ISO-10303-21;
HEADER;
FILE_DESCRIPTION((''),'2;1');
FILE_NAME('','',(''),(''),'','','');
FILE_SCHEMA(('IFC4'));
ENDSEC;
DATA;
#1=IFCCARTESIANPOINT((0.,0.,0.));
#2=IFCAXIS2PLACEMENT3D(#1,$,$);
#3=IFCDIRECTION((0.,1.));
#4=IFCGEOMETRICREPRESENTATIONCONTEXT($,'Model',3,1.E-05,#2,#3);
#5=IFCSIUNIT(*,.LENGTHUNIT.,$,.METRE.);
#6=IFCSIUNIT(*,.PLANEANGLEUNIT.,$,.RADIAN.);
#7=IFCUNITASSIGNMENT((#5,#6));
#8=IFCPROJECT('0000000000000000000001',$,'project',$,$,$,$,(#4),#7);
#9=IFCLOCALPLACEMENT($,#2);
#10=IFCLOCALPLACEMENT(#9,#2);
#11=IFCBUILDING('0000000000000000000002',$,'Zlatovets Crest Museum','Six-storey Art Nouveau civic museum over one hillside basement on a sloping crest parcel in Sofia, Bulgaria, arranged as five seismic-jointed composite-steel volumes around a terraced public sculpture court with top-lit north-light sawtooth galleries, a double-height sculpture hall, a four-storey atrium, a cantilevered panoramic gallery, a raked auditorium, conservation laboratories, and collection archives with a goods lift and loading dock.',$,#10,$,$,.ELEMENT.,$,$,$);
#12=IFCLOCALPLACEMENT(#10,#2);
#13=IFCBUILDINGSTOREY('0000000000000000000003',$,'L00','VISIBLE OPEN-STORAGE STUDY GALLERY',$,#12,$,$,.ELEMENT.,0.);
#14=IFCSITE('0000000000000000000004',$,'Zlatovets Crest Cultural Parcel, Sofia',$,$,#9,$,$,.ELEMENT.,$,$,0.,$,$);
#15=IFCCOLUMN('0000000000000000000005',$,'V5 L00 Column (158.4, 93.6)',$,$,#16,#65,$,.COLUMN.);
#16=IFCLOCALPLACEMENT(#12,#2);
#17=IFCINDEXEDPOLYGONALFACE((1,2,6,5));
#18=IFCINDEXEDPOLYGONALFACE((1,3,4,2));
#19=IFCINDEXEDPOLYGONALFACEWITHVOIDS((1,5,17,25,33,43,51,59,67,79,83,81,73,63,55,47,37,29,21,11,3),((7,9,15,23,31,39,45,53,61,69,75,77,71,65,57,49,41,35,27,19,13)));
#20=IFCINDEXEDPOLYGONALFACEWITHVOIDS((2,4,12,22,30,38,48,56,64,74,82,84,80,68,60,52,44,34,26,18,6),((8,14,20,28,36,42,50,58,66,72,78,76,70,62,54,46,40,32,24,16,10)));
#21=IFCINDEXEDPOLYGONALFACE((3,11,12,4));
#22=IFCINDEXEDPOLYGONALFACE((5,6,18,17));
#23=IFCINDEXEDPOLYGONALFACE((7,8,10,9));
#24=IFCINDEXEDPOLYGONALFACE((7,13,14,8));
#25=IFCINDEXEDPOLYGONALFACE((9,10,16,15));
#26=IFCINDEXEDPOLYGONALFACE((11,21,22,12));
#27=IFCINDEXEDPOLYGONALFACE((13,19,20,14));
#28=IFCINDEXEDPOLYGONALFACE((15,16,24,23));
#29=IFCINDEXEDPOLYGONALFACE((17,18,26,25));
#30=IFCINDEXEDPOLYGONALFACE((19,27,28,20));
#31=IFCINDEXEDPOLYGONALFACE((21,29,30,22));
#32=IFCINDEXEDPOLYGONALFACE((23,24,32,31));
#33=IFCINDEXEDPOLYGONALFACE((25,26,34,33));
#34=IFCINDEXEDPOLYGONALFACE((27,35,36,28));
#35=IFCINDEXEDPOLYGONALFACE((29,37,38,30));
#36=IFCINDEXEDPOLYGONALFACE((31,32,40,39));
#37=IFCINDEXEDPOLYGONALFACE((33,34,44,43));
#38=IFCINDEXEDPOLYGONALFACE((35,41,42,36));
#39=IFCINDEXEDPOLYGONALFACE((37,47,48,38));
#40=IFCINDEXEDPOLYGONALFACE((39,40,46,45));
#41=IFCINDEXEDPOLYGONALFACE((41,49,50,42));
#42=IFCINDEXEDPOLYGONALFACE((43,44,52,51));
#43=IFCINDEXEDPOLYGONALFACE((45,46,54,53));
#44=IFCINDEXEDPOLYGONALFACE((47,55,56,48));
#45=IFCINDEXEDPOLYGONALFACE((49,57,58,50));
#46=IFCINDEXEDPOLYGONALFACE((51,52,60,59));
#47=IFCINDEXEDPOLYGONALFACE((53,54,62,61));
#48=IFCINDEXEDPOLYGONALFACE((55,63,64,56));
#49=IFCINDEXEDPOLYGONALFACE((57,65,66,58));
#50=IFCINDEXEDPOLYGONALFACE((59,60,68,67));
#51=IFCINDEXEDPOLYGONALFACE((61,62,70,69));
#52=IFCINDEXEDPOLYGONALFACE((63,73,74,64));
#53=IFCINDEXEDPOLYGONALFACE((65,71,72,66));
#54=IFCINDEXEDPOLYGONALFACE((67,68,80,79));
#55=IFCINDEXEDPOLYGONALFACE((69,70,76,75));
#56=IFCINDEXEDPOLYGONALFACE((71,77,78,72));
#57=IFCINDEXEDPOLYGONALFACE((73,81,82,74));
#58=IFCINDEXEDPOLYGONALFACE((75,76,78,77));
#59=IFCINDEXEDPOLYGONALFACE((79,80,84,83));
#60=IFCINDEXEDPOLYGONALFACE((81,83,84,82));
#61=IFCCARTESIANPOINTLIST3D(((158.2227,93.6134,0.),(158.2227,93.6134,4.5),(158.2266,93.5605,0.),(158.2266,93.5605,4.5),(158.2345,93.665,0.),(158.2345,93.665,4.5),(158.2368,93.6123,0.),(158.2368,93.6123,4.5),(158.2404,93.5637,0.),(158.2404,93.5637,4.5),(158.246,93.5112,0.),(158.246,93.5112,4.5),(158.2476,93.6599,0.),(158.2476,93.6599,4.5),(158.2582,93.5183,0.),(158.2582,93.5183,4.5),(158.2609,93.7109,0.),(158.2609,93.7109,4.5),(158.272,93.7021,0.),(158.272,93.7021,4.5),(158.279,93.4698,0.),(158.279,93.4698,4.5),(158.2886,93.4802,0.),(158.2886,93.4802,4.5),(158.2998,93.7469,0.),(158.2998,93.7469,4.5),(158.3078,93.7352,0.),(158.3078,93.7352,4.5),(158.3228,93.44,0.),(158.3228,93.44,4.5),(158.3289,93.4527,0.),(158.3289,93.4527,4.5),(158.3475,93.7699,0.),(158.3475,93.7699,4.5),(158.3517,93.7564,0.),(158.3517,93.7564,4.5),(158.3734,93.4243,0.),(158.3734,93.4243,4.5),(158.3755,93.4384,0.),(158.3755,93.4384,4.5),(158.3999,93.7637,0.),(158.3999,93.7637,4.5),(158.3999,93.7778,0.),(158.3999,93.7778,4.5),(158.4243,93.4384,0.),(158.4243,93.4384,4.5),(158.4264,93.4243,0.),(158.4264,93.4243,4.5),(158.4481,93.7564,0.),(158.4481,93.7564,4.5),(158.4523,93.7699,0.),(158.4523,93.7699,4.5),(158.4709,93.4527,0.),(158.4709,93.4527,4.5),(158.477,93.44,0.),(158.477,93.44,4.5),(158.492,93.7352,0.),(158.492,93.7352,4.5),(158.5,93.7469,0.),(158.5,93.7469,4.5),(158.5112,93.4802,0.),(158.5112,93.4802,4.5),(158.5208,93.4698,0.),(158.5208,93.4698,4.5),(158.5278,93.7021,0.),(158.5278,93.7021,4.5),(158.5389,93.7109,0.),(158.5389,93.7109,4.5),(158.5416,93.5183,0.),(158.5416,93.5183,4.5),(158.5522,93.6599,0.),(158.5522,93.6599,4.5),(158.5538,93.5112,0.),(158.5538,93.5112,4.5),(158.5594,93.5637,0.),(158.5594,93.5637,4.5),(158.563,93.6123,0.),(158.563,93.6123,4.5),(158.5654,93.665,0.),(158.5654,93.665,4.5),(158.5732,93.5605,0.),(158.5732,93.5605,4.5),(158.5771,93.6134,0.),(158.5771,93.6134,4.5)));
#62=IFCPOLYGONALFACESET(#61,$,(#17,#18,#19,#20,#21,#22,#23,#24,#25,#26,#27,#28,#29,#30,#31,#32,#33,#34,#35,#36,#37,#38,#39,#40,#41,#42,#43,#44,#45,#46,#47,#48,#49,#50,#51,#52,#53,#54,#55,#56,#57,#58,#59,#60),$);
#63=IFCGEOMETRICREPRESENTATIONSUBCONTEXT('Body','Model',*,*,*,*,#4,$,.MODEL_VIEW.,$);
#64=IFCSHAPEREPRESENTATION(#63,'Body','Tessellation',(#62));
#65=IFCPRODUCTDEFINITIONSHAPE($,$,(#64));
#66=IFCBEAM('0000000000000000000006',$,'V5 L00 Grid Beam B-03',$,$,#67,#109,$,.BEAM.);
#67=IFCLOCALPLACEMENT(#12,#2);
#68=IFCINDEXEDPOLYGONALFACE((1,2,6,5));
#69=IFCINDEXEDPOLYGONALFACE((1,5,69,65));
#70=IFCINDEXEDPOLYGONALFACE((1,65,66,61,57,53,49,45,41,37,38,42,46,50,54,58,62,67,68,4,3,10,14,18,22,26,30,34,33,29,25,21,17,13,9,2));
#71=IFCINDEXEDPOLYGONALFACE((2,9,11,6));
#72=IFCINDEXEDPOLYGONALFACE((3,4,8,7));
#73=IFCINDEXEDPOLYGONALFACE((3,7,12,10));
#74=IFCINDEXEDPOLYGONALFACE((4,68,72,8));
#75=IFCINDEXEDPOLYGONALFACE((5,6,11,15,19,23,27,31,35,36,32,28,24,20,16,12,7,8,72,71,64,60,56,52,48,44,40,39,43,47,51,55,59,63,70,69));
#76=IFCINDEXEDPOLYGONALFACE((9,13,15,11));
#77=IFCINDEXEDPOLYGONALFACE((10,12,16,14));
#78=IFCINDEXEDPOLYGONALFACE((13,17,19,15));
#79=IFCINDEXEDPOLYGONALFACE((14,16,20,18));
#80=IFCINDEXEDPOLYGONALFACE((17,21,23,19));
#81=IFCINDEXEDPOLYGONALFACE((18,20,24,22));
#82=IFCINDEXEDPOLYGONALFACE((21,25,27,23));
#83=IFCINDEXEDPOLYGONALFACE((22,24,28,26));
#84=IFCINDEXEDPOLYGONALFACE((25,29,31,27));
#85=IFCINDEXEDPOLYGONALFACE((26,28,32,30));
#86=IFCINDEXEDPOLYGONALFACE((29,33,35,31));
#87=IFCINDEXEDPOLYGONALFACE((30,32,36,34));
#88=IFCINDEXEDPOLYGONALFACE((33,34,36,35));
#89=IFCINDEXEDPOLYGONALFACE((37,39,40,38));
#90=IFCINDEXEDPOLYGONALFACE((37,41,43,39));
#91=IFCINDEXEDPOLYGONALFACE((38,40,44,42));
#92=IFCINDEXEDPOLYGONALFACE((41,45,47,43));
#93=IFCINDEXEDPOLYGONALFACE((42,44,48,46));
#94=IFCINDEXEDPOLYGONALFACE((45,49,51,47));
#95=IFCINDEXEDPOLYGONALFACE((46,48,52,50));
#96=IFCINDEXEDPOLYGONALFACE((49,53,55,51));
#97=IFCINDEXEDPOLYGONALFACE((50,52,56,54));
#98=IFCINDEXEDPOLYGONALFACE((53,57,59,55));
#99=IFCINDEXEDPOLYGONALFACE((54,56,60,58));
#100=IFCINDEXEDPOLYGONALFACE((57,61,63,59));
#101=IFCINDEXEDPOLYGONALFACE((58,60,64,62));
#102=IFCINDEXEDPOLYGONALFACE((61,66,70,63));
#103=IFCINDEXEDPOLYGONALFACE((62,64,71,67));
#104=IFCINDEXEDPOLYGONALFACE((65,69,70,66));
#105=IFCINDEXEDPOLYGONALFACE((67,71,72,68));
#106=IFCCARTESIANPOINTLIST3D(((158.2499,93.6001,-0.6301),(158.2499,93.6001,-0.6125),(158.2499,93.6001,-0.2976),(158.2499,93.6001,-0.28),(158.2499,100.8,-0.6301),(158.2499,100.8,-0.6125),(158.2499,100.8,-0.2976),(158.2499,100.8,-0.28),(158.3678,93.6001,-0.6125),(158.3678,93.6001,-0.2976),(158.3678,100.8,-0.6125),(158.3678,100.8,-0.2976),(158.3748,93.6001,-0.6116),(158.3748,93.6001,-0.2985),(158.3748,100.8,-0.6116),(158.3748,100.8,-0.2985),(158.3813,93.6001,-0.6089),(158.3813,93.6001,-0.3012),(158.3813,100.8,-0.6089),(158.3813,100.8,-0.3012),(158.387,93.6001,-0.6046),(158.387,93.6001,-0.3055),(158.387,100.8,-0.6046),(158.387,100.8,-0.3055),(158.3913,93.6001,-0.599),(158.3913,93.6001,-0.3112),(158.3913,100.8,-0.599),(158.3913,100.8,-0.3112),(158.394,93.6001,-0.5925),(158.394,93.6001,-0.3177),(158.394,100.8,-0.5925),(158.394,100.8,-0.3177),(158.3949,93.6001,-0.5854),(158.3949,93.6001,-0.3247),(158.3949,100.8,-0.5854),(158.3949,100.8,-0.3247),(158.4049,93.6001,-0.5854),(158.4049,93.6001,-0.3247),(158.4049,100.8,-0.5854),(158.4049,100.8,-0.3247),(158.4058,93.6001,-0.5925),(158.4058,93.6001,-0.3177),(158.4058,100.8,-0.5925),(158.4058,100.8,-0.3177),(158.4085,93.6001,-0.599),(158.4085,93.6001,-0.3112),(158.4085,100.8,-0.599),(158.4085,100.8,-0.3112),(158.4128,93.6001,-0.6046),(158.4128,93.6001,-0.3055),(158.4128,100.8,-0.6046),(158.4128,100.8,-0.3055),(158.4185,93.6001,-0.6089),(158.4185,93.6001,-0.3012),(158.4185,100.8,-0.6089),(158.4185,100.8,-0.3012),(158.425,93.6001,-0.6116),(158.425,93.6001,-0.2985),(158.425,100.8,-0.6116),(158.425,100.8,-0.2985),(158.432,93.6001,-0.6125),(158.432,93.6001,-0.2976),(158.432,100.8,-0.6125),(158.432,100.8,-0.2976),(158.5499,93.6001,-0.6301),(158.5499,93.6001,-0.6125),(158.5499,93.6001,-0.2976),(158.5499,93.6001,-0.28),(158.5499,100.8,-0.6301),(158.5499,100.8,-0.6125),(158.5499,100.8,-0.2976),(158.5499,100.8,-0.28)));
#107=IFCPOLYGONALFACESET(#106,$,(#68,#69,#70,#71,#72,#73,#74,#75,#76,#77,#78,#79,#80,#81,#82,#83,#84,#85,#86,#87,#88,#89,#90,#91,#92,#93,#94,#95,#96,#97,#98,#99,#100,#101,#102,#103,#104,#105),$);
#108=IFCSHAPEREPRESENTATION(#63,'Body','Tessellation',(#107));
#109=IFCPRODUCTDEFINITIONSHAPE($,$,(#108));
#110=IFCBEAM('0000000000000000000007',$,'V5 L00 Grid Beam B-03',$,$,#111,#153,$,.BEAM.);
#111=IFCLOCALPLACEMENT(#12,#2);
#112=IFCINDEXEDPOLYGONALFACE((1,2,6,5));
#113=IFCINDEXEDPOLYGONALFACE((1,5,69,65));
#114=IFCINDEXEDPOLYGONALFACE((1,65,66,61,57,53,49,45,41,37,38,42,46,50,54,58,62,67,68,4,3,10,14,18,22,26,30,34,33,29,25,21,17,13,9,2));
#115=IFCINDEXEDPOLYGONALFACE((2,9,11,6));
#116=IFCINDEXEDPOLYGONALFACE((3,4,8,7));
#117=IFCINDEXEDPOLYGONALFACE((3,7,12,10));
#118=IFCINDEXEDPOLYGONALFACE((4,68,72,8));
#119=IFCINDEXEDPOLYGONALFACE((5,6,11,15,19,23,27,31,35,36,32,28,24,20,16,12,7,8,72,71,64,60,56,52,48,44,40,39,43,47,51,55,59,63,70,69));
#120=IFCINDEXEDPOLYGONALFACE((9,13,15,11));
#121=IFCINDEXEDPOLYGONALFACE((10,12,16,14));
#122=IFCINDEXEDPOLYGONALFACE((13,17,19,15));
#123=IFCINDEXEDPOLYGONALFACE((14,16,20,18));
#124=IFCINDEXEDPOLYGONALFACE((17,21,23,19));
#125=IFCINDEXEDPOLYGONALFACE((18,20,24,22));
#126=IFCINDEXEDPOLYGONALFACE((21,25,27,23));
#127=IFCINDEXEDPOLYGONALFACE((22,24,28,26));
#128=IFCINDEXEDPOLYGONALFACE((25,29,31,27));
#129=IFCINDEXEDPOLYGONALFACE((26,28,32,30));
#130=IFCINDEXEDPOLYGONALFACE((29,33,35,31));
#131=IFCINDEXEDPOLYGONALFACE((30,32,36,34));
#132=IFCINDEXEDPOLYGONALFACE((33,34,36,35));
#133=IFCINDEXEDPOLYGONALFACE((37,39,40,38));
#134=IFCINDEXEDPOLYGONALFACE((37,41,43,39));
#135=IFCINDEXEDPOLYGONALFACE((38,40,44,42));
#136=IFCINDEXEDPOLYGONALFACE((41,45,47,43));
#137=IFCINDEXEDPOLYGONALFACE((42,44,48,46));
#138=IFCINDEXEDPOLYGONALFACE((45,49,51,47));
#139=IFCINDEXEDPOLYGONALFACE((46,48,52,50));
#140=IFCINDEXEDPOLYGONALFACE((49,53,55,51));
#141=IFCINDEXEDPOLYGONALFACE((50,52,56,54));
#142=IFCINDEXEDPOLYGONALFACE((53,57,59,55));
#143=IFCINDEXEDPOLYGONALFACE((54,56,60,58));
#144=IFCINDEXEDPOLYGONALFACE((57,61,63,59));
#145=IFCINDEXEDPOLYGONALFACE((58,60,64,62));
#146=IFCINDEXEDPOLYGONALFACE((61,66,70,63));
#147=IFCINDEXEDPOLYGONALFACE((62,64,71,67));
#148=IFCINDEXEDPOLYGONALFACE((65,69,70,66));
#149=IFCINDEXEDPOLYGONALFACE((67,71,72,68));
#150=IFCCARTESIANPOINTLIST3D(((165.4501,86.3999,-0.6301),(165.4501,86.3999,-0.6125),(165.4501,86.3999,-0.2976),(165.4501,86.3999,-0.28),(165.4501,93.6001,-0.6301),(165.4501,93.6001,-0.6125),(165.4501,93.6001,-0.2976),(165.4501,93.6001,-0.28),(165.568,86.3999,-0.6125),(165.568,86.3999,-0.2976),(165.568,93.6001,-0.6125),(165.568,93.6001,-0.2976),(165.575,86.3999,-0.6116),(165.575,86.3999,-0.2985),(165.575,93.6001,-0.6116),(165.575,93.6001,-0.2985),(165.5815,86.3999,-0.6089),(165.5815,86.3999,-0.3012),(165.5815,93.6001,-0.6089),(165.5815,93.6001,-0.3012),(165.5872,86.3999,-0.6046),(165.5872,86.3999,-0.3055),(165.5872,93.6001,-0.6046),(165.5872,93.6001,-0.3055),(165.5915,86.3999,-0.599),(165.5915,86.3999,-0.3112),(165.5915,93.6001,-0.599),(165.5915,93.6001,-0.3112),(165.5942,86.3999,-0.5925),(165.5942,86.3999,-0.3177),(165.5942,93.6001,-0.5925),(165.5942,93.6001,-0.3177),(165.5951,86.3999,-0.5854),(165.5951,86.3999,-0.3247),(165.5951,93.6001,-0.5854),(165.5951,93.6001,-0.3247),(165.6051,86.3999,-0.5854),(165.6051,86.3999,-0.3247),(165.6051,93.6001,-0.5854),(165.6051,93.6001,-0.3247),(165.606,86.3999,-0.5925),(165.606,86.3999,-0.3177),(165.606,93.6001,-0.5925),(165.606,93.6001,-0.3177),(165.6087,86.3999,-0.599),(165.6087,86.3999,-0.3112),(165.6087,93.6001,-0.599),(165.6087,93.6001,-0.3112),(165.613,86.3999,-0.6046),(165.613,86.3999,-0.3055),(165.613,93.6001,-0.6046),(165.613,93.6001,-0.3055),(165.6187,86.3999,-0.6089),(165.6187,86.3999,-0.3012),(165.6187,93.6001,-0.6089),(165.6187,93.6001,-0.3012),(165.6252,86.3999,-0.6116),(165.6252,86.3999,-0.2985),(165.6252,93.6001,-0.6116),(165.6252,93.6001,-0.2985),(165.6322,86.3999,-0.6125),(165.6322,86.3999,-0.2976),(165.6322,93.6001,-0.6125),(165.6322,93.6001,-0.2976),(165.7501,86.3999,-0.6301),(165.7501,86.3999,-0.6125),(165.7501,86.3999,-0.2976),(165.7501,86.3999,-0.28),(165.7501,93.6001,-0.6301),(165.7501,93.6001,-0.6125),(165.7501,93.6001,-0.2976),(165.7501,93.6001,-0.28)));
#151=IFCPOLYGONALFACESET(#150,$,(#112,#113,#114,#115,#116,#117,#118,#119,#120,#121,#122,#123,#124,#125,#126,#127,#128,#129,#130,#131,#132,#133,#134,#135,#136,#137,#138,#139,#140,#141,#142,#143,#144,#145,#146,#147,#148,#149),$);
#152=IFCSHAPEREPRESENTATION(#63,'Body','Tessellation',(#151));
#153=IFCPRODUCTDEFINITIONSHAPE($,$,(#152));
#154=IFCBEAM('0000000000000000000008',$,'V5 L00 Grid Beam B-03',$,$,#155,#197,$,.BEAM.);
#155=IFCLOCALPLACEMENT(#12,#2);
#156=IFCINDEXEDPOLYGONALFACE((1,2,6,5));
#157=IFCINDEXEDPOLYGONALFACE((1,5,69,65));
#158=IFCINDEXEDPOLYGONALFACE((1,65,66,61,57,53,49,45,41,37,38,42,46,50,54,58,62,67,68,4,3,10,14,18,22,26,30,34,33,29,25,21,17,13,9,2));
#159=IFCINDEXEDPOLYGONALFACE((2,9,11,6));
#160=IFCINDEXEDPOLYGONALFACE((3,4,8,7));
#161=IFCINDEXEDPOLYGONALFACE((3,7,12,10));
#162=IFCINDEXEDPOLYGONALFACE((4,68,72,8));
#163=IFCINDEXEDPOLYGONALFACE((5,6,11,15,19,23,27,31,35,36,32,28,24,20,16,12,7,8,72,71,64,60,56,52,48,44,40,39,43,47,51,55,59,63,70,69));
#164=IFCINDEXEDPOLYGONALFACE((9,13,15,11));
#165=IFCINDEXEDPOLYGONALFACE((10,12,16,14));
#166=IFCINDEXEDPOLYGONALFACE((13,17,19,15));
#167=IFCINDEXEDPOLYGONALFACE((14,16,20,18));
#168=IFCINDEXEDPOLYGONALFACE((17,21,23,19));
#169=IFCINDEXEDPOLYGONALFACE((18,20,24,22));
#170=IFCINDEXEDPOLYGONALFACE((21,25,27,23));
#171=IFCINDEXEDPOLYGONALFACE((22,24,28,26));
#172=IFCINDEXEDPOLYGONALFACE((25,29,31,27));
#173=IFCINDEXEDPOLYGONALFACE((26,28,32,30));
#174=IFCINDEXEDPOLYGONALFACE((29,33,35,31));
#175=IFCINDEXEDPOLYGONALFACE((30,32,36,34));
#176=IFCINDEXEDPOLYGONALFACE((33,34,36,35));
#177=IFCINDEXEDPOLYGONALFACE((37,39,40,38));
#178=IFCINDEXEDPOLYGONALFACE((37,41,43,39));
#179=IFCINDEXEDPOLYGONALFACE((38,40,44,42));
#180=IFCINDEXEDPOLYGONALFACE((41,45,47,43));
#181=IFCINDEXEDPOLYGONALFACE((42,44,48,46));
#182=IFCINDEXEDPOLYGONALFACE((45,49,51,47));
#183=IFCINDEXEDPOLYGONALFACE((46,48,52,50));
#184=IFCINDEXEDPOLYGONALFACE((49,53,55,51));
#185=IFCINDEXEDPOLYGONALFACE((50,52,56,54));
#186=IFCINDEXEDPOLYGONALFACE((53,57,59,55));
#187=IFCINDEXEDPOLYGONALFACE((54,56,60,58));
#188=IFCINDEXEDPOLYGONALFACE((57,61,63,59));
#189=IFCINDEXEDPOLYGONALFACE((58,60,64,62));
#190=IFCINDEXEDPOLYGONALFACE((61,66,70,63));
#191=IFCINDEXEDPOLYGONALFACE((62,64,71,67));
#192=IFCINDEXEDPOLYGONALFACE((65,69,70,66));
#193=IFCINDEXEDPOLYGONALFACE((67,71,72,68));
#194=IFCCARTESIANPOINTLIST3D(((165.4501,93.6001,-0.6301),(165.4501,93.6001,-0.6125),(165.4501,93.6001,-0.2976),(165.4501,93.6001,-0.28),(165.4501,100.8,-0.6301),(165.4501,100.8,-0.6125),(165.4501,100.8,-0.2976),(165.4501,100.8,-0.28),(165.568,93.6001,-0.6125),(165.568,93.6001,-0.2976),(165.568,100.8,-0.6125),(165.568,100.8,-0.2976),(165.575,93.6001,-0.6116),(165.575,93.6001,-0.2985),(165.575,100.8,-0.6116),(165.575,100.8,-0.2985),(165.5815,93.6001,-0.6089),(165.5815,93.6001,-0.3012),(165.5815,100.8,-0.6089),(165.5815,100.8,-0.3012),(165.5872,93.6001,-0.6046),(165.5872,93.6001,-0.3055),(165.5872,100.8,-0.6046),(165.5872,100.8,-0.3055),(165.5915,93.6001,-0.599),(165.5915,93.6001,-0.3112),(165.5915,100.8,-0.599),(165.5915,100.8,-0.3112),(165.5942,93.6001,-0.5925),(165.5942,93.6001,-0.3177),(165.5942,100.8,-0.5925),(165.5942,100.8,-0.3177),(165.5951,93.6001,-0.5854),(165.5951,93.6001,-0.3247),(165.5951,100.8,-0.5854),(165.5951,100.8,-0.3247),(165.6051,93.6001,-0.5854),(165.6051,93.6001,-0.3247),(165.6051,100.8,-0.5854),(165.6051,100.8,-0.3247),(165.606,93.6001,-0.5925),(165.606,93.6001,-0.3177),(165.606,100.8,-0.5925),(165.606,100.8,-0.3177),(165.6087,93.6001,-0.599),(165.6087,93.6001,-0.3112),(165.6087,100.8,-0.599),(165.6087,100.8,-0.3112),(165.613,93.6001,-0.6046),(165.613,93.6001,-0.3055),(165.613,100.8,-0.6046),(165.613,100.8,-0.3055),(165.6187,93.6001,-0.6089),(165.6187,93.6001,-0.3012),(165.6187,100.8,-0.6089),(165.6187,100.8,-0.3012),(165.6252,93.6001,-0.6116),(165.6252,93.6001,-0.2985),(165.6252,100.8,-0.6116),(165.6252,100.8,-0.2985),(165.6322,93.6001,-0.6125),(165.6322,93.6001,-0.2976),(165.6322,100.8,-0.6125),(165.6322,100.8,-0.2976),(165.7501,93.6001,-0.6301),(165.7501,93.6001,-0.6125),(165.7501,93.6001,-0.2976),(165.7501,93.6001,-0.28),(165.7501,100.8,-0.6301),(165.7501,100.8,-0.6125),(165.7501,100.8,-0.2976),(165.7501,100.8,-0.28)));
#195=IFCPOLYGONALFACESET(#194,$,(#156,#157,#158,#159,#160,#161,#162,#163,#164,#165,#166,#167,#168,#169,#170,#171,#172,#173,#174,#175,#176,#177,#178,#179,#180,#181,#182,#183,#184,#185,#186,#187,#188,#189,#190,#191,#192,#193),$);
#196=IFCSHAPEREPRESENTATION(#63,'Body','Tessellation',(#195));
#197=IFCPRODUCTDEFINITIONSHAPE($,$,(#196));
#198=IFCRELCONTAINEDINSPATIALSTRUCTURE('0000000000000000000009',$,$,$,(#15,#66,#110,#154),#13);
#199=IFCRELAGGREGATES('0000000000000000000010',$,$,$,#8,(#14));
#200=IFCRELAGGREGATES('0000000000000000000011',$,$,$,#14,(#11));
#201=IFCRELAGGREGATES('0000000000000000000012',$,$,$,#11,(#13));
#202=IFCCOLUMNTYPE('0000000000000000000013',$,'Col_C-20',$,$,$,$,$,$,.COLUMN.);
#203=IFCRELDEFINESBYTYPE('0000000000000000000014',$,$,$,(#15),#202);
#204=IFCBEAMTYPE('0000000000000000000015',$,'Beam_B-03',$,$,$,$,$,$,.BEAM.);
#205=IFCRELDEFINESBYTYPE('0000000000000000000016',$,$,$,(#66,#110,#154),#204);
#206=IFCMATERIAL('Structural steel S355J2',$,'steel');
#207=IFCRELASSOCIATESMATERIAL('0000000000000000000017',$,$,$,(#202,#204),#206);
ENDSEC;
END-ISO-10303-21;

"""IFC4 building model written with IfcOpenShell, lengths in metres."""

from ifc_helpers import new_model, si_unit, direction, frame, origin, origin_2d, place, context, subcontext, project, spatial, hollow_circle, i_section, extrude, material, material_profile, profile_set, type_object, element, save


model = new_model("IFC4")

# Units and contexts
model_context = context("Model", 3, precision=1e-05, world=origin(), true_north=direction((0.0, 1.0)))
body_context = subcontext(model_context, "Body", "Model", "MODEL_VIEW")
ifc_project = project(units=[si_unit("LENGTHUNIT", "METRE"), si_unit("PLANEANGLEUNIT", "RADIAN")], contexts=[model_context])

# Site, building, storey
site_placement = place(None, origin())
site = spatial("IfcSite", under=ifc_project, at=site_placement, Name="Zlatovets Crest Cultural Parcel, Sofia", CompositionType="ELEMENT", RefElevation=0.0)
building_placement = place(site_placement, origin())
building = spatial("IfcBuilding", under=site, at=building_placement, Name="Zlatovets Crest Museum", Description="Six-storey Art Nouveau civic museum over one hillside basement on a sloping crest parcel in Sofia, Bulgaria, arranged as five seismic-jointed composite-steel volumes around a terraced public sculpture court with top-lit north-light sawtooth galleries, a double-height sculpture hall, a four-storey atrium, a cantilevered panoramic gallery, a raked auditorium, conservation laboratories, and collection archives with a goods lift and loading dock.", CompositionType="ELEMENT")
storey_placement = place(building_placement, origin())
storey = spatial("IfcBuildingStorey", under=building, at=storey_placement, Name="L00", Description="VISIBLE OPEN-STORAGE STUDY GALLERY", CompositionType="ELEMENT", Elevation=0.0)

# Column
ifc_material_1 = material(Name="Structural steel S355J2", Category="steel")
ifc_material_profile_1 = material_profile(ifc_material_1, hollow_circle(Radius=0.1777, WallThickness=0.0142, at=origin_2d()), Name="CHS 355.6x14.2")
ifc_profile_set_1 = profile_set([ifc_material_profile_1], Name="Structural steel S355J2")
column_type_1 = type_object("IfcColumnType", Name="Col_C-20", PredefinedType="COLUMN", material=ifc_profile_set_1)
column_placement = place(storey_placement, frame((158.3999, 93.6001, 0.0), z_axis=(0.0, 0.0, 1.0), x_axis=(0.0, 1.0, 0.0)))
element("IfcColumn", 1, at=column_placement, inside=storey, type_object=column_type_1, Name="V5 L00 Column (158.4, 93.6)", PredefinedType="COLUMN", context=body_context, shape_type="SweptSolid", body=[
    extrude(hollow_circle(Radius=0.1777, WallThickness=0.0142, at=origin_2d()), origin(), (0.0, 0.0, 1.0), 4.5),
])

# Beams
ifc_material_profile_2 = material_profile(ifc_material_1, i_section(OverallWidth=0.3, OverallDepth=0.3501, WebThickness=0.01, FlangeThickness=0.0176, FilletRadius=0.0271, at=origin_2d()), Name="HEA 360")
ifc_profile_set_2 = profile_set([ifc_material_profile_2], Name="Structural steel S355J2")
beam_type_1 = type_object("IfcBeamType", Name="Beam_B-03", PredefinedType="BEAM", material=ifc_profile_set_2)
beam_1_placement = place(storey_placement, frame((158.3999, 93.6001, -0.4551), z_axis=(0.0, 1.0, 0.0), x_axis=(-1.0, 0.0, 0.0)))
element("IfcBeam", 2, at=beam_1_placement, inside=storey, type_object=beam_type_1, Name="V5 L00 Grid Beam B-03", PredefinedType="BEAM", context=body_context, shape_type="SweptSolid", body=[
    extrude(i_section(OverallWidth=0.3, OverallDepth=0.3501, WebThickness=0.01, FlangeThickness=0.0176, FilletRadius=0.0271, at=origin_2d()), origin(), (0.0, 0.0, 1.0), 7.2),
])
beam_2_placement = place(storey_placement, frame((165.6001, 86.3999, -0.4551), z_axis=(0.0, 1.0, 0.0), x_axis=(-1.0, 0.0, 0.0)))
element("IfcBeam", 3, at=beam_2_placement, inside=storey, type_object=beam_type_1, Name="V5 L00 Grid Beam B-03", PredefinedType="BEAM", context=body_context, shape_type="SweptSolid", body=[
    extrude(i_section(OverallWidth=0.3, OverallDepth=0.3501, WebThickness=0.01, FlangeThickness=0.0176, FilletRadius=0.0271, at=origin_2d()), origin(), (0.0, 0.0, 1.0), 7.2002),
])
beam_3_placement = place(storey_placement, frame((165.6001, 93.6001, -0.4551), z_axis=(0.0, 1.0, 0.0), x_axis=(-1.0, 0.0, 0.0)))
element("IfcBeam", 4, at=beam_3_placement, inside=storey, type_object=beam_type_1, Name="V5 L00 Grid Beam B-03", PredefinedType="BEAM", context=body_context, shape_type="SweptSolid", body=[
    extrude(i_section(OverallWidth=0.3, OverallDepth=0.3501, WebThickness=0.01, FlangeThickness=0.0176, FilletRadius=0.0271, at=origin_2d()), origin(), (0.0, 0.0, 1.0), 7.2),
])

save(model, "model.ifc")
